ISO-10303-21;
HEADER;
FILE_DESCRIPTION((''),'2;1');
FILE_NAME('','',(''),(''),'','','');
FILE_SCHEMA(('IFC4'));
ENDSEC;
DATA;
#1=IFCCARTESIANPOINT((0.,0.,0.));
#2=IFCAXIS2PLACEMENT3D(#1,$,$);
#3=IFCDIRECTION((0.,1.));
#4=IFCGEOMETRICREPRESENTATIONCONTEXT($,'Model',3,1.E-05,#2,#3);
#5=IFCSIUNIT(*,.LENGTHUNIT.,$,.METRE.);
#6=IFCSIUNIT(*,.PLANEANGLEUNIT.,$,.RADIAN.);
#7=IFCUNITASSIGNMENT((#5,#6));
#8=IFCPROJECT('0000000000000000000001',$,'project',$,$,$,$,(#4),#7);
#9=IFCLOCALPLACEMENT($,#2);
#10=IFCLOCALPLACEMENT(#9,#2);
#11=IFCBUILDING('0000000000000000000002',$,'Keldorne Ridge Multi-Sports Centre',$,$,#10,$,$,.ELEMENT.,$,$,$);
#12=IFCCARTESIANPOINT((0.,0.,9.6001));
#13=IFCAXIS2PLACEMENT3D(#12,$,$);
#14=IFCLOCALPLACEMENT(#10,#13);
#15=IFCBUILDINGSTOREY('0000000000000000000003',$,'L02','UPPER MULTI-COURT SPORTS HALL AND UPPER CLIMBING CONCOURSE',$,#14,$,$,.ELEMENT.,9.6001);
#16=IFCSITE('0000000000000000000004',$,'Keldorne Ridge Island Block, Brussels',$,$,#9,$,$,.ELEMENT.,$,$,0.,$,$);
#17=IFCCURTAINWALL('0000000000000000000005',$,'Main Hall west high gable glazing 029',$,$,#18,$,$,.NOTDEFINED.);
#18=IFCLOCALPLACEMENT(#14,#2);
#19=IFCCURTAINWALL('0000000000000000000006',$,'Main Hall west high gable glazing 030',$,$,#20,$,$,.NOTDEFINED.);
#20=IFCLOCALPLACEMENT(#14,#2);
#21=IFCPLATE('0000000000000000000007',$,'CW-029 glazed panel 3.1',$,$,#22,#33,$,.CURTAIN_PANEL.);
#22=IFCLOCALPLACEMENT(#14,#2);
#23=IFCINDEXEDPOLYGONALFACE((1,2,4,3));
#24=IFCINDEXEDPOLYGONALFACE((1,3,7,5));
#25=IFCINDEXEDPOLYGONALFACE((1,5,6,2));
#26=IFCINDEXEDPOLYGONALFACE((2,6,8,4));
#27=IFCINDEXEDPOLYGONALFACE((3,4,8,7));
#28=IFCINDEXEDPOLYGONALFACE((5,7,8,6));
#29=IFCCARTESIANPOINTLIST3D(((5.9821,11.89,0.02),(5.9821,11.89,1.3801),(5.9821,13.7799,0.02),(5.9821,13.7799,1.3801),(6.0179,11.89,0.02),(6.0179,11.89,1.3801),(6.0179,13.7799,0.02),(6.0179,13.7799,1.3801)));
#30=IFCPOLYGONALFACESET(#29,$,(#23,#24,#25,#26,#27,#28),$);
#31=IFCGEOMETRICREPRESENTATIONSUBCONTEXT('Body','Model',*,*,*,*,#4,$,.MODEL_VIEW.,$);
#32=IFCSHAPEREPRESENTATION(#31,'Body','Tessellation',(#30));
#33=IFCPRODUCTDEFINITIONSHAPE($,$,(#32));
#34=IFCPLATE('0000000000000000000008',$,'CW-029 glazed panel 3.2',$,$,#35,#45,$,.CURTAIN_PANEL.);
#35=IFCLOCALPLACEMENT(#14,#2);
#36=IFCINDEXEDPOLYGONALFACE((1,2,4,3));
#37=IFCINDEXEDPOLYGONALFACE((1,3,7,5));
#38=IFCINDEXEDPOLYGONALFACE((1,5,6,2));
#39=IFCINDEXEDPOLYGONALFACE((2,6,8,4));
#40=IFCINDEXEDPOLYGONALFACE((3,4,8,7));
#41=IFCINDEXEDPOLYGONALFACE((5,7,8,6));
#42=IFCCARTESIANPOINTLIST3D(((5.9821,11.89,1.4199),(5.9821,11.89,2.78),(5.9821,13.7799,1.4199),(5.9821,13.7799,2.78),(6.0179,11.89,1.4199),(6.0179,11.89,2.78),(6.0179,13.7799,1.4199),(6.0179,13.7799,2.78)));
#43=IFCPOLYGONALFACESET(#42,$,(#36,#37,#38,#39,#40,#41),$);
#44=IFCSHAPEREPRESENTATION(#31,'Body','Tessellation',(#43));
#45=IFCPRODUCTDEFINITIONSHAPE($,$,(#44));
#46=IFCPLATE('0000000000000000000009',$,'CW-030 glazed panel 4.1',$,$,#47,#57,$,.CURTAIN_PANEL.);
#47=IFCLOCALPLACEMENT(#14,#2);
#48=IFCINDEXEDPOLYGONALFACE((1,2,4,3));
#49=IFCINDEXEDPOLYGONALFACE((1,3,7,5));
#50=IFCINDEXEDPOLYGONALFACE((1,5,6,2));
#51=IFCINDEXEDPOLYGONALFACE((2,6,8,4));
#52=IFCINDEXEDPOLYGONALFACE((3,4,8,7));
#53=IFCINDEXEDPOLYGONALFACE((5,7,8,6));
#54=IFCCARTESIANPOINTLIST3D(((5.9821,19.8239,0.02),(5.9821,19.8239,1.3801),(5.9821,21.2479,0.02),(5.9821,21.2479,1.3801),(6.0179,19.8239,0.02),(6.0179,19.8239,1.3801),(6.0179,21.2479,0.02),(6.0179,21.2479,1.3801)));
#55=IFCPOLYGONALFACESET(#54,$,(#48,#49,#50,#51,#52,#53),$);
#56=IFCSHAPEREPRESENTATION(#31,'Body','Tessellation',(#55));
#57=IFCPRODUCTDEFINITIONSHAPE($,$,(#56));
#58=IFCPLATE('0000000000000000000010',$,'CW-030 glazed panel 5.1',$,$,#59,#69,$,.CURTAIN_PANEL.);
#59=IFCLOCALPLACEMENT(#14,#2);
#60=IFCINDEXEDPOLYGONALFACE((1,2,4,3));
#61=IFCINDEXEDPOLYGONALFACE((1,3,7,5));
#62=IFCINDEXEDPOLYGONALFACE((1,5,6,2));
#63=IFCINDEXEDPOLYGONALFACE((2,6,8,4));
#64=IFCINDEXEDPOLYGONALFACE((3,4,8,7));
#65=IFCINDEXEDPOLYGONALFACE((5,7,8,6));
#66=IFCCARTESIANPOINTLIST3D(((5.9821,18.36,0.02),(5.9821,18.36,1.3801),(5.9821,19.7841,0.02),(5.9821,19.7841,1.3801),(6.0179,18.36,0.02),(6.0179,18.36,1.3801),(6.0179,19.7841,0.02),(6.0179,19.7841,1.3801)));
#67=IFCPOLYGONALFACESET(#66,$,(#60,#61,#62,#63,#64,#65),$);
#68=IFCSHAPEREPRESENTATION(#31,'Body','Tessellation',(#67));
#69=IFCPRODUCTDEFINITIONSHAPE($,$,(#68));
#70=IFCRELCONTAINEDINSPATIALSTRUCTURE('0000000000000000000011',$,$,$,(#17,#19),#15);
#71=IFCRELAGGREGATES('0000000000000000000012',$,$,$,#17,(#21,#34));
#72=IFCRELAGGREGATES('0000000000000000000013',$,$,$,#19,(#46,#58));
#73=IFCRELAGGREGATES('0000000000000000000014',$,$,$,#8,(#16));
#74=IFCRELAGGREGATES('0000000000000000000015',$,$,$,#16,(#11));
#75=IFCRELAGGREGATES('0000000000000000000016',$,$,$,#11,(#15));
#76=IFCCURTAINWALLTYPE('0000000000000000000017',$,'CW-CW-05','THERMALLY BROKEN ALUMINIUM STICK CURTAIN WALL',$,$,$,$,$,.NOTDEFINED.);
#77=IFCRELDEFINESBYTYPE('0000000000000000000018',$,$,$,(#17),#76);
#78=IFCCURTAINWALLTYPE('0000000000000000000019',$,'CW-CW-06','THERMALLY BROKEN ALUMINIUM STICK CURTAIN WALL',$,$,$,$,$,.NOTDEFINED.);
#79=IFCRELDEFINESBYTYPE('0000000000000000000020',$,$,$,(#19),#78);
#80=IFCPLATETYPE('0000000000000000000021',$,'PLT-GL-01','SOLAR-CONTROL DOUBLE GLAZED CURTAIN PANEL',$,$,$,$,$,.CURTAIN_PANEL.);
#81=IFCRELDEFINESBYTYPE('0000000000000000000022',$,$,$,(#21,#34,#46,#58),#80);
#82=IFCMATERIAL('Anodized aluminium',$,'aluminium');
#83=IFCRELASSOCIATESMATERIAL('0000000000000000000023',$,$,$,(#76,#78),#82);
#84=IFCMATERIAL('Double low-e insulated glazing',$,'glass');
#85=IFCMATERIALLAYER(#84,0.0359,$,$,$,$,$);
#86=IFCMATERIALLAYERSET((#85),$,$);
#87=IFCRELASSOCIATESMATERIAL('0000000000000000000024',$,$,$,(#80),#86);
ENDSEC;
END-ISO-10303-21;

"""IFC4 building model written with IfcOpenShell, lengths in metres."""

from ifc_helpers import new_model, si_unit, direction, frame, origin, origin_2d, place, context, subcontext, project, spatial, rectangle, extrude, material, layer, layer_set, type_object, element, aggregate, save


model = new_model("IFC4")

# Units and contexts
model_context = context("Model", 3, precision=1e-05, world=origin(), true_north=direction((0.0, 1.0)))
body_context = subcontext(model_context, "Body", "Model", "MODEL_VIEW")
ifc_project = project(units=[si_unit("LENGTHUNIT", "METRE"), si_unit("PLANEANGLEUNIT", "RADIAN")], contexts=[model_context])

# Site, building, storey
site_placement = place(None, origin())
site = spatial("IfcSite", under=ifc_project, at=site_placement, Name="Keldorne Ridge Island Block, Brussels", CompositionType="ELEMENT", RefElevation=0.0)
building_placement = place(site_placement, origin())
building = spatial("IfcBuilding", under=site, at=building_placement, Name="Keldorne Ridge Multi-Sports Centre", CompositionType="ELEMENT")
storey_placement = place(building_placement, frame((0.0, 0.0, 9.6001)))
storey = spatial("IfcBuildingStorey", under=building, at=storey_placement, Name="L02", Description="UPPER MULTI-COURT SPORTS HALL AND UPPER CLIMBING CONCOURSE", CompositionType="ELEMENT", Elevation=9.6001)

# Curtain walls
ifc_material_1 = material(Name="Anodized aluminium", Category="aluminium")
curtain_wall_type_1 = type_object("IfcCurtainWallType", Name="CW-CW-05", Description="THERMALLY BROKEN ALUMINIUM STICK CURTAIN WALL", PredefinedType="NOTDEFINED", material=ifc_material_1)
curtain_wall_1_placement = place(storey_placement, origin())
curtain_wall_1 = element("IfcCurtainWall", 1, at=curtain_wall_1_placement, inside=storey, type_object=curtain_wall_type_1, Name="Main Hall west high gable glazing 029", PredefinedType="NOTDEFINED")
curtain_wall_type_2 = type_object("IfcCurtainWallType", Name="CW-CW-06", Description="THERMALLY BROKEN ALUMINIUM STICK CURTAIN WALL", PredefinedType="NOTDEFINED", material=ifc_material_1)
curtain_wall_2_placement = place(storey_placement, origin())
curtain_wall_2 = element("IfcCurtainWall", 2, at=curtain_wall_2_placement, inside=storey, type_object=curtain_wall_type_2, Name="Main Hall west high gable glazing 030", PredefinedType="NOTDEFINED")

# Plates
ifc_material_2 = material(Name="Double low-e insulated glazing", Category="glass")
ifc_layer = layer(ifc_material_2, 0.0359)
ifc_layer_set = layer_set([ifc_layer])
plate_type = type_object("IfcPlateType", Name="PLT-GL-01", Description="SOLAR-CONTROL DOUBLE GLAZED CURTAIN PANEL", PredefinedType="CURTAIN_PANEL", material=ifc_layer_set)
plate_1_placement = place(storey_placement, frame((6.0, 12.835, 0.02), z_axis=(0.0, 0.0, 1.0), x_axis=(0.0, -1.0, 0.0)))
plate_1 = element("IfcPlate", 3, at=plate_1_placement, type_object=plate_type, Name="CW-029 glazed panel 3.1", PredefinedType="CURTAIN_PANEL", context=body_context, shape_type="SweptSolid", body=[
    extrude(rectangle(XDim=1.8899, YDim=0.0359, at=origin_2d()), origin(), (0.0, 0.0, 1.0), 1.3601),
])
plate_2_placement = place(storey_placement, frame((6.0, 12.835, 1.4199), z_axis=(0.0, 0.0, 1.0), x_axis=(0.0, -1.0, 0.0)))
plate_2 = element("IfcPlate", 4, at=plate_2_placement, type_object=plate_type, Name="CW-029 glazed panel 3.2", PredefinedType="CURTAIN_PANEL", context=body_context, shape_type="SweptSolid", body=[
    extrude(rectangle(XDim=1.8899, YDim=0.0359, at=origin_2d()), origin(), (0.0, 0.0, 1.0), 1.3601),
])
aggregate(curtain_wall_1, [plate_1, plate_2])
plate_3_placement = place(storey_placement, frame((6.0, 20.5359, 0.02), z_axis=(0.0, 0.0, 1.0), x_axis=(0.0, -1.0, 0.0)))
plate_3 = element("IfcPlate", 5, at=plate_3_placement, type_object=plate_type, Name="CW-030 glazed panel 4.1", PredefinedType="CURTAIN_PANEL", context=body_context, shape_type="SweptSolid", body=[
    extrude(rectangle(XDim=1.4241, YDim=0.0359, at=origin_2d()), origin(), (0.0, 0.0, 1.0), 1.3601),
])
plate_4_placement = place(storey_placement, frame((6.0, 19.072, 0.02), z_axis=(0.0, 0.0, 1.0), x_axis=(0.0, -1.0, 0.0)))
plate_4 = element("IfcPlate", 6, at=plate_4_placement, type_object=plate_type, Name="CW-030 glazed panel 5.1", PredefinedType="CURTAIN_PANEL", context=body_context, shape_type="SweptSolid", body=[
    extrude(rectangle(XDim=1.4241, YDim=0.0359, at=origin_2d()), origin(), (0.0, 0.0, 1.0), 1.3601),
])
aggregate(curtain_wall_2, [plate_3, plate_4])

save(model, "model.ifc")
